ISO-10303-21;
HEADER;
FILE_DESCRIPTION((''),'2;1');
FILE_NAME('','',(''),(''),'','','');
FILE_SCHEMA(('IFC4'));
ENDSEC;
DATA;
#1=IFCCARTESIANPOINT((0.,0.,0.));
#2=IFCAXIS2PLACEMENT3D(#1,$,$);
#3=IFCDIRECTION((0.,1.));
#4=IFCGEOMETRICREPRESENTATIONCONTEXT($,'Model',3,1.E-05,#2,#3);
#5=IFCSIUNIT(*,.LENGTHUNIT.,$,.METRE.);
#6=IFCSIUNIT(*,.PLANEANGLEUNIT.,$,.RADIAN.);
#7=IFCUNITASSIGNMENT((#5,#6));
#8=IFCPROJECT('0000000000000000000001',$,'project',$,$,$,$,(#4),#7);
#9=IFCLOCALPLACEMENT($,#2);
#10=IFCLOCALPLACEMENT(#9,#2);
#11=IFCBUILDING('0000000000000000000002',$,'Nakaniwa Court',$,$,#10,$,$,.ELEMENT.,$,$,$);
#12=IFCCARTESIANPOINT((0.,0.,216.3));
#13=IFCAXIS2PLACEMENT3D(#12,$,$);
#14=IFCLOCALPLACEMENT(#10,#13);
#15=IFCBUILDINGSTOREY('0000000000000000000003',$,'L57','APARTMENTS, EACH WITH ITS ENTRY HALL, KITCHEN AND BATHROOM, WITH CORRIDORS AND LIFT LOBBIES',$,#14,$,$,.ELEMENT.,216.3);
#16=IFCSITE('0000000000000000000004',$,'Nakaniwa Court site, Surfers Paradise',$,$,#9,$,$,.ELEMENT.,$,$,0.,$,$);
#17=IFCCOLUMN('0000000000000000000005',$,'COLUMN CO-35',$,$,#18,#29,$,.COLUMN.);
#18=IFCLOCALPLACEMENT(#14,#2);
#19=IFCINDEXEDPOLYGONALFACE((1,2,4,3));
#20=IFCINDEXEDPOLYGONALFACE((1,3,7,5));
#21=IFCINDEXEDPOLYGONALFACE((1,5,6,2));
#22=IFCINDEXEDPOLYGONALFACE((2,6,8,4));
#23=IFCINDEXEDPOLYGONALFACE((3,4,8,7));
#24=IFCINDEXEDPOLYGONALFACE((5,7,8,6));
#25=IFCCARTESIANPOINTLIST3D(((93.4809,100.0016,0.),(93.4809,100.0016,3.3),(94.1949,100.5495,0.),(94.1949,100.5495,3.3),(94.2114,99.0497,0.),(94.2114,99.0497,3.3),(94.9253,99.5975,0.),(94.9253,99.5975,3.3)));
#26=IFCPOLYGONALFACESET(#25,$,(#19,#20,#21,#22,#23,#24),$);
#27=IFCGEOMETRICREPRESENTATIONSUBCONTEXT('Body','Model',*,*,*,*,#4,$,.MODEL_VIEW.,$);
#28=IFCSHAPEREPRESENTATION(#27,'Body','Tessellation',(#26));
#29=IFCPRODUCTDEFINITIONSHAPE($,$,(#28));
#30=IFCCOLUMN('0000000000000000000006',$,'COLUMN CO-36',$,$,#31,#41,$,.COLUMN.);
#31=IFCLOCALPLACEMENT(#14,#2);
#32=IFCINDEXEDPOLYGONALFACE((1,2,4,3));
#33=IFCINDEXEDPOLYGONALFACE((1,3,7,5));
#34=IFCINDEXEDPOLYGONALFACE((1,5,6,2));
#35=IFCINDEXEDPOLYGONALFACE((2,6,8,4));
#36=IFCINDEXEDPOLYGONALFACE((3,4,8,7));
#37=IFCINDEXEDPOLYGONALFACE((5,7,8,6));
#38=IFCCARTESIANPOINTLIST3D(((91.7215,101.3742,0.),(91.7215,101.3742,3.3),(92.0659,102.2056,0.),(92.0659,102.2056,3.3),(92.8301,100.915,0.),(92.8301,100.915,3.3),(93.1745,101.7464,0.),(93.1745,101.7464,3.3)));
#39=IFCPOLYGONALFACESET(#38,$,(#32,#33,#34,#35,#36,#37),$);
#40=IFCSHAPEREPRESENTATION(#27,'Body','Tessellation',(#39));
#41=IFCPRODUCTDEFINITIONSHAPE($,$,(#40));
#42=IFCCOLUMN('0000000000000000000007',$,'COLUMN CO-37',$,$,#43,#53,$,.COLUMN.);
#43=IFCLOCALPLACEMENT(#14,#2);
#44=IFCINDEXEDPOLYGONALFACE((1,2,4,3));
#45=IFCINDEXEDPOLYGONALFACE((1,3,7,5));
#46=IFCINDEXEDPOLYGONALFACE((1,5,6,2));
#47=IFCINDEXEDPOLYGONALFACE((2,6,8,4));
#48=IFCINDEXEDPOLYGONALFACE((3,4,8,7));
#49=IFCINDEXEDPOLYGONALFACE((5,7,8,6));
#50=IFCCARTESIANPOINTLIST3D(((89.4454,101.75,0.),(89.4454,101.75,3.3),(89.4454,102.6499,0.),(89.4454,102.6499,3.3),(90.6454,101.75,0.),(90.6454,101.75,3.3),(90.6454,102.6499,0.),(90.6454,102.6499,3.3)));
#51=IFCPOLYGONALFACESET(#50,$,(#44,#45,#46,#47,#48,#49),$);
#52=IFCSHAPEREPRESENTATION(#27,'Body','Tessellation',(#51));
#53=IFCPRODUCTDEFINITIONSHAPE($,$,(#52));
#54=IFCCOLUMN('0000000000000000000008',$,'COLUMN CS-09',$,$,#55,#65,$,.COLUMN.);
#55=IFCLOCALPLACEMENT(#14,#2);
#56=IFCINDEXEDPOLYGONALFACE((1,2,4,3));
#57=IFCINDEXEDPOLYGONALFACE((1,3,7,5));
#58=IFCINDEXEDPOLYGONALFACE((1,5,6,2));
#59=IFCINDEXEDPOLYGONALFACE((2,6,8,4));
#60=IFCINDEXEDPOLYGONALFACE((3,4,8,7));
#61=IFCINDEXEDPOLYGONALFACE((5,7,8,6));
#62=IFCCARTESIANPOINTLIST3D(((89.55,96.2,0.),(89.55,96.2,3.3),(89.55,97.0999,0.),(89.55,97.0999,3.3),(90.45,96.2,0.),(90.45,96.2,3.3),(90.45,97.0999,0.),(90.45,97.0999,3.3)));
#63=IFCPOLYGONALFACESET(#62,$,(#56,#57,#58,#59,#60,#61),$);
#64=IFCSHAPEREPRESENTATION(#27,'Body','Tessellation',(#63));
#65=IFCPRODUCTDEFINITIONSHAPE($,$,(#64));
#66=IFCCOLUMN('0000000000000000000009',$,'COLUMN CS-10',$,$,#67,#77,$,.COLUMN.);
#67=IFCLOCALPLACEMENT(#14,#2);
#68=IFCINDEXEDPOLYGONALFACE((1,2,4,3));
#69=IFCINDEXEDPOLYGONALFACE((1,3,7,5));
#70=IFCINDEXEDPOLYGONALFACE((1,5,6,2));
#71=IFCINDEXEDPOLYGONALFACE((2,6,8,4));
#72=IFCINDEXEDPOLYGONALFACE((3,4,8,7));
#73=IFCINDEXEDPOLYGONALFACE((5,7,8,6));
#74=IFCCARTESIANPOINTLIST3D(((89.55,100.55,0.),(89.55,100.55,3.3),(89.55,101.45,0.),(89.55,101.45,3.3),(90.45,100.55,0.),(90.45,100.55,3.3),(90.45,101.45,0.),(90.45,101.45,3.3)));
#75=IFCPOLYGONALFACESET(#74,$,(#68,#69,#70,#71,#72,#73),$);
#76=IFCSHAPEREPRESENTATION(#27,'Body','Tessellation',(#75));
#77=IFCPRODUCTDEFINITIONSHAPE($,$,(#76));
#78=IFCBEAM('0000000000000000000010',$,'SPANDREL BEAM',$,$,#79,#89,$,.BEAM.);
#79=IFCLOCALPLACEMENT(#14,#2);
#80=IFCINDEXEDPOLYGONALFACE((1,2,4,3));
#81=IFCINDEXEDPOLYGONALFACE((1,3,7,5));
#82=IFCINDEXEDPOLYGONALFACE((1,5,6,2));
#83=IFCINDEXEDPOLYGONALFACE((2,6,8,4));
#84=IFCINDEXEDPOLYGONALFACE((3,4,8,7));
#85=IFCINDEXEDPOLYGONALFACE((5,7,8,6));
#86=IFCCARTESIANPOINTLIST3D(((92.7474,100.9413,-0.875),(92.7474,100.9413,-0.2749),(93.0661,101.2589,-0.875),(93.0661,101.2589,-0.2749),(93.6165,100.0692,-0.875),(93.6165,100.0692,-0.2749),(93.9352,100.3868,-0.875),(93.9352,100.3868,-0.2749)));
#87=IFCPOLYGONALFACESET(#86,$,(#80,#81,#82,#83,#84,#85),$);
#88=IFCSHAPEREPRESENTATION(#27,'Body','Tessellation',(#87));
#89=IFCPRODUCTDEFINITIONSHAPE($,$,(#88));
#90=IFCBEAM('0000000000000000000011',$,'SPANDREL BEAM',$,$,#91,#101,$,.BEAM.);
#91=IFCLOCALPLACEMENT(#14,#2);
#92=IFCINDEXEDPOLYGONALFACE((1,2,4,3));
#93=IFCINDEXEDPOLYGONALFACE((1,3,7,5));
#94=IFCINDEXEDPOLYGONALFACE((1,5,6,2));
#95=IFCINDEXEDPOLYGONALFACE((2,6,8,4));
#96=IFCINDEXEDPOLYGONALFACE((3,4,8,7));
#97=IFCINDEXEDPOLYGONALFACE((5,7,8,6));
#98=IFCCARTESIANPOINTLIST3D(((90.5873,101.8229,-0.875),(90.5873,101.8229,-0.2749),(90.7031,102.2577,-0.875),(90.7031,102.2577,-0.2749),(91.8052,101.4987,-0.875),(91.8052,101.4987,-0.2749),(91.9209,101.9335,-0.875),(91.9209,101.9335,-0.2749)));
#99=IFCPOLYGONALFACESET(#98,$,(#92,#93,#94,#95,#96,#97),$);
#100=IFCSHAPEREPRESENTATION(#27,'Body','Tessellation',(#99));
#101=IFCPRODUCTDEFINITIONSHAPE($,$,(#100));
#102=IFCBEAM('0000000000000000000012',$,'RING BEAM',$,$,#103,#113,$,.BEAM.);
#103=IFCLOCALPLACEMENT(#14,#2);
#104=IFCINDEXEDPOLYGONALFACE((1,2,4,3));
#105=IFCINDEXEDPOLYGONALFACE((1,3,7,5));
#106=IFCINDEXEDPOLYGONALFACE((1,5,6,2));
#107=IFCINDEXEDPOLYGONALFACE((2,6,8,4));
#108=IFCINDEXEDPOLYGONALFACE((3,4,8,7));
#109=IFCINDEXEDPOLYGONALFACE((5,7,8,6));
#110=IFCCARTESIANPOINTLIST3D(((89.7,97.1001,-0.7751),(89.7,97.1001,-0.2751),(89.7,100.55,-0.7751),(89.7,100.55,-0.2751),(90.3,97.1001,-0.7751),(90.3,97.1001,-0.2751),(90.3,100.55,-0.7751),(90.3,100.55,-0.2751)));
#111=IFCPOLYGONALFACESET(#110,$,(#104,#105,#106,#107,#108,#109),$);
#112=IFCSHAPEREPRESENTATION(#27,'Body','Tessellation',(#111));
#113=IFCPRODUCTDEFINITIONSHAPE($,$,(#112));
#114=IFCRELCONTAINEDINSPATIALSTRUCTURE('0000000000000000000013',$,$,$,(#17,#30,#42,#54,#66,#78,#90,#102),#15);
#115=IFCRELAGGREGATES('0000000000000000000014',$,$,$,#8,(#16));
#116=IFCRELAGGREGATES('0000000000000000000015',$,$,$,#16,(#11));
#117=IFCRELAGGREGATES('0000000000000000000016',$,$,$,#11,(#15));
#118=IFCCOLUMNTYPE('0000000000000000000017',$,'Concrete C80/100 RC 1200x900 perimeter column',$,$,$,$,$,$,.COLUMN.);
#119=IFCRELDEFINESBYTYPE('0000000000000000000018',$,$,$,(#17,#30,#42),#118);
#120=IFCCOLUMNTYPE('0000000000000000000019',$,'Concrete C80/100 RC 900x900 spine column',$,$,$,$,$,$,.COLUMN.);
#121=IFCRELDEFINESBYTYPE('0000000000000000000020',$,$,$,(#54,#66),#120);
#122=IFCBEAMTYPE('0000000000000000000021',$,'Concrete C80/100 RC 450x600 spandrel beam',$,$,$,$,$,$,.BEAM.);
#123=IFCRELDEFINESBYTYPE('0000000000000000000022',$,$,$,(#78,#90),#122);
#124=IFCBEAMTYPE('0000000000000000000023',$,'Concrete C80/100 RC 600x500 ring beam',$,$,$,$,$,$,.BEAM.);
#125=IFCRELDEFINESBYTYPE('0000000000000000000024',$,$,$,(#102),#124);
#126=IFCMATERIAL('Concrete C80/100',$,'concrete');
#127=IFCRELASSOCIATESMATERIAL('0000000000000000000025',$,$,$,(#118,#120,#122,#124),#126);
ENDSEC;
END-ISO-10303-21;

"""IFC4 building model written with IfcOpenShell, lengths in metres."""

from ifc_helpers import new_model, si_unit, direction, frame, origin, origin_2d, place, context, subcontext, project, spatial, rectangle, extrude, material, material_profile, profile_set, type_object, element, save


model = new_model("IFC4")

# Units and contexts
model_context = context("Model", 3, precision=1e-05, world=origin(), true_north=direction((0.0, 1.0)))
body_context = subcontext(model_context, "Body", "Model", "MODEL_VIEW")
ifc_project = project(units=[si_unit("LENGTHUNIT", "METRE"), si_unit("PLANEANGLEUNIT", "RADIAN")], contexts=[model_context])

# Site, building, storey
site_placement = place(None, origin())
site = spatial("IfcSite", under=ifc_project, at=site_placement, Name="Nakaniwa Court site, Surfers Paradise", CompositionType="ELEMENT", RefElevation=0.0)
building_placement = place(site_placement, origin())
building = spatial("IfcBuilding", under=site, at=building_placement, Name="Nakaniwa Court", CompositionType="ELEMENT")
storey_placement = place(building_placement, frame((0.0, 0.0, 216.3)))
storey = spatial("IfcBuildingStorey", under=building, at=storey_placement, Name="L57", Description="APARTMENTS, EACH WITH ITS ENTRY HALL, KITCHEN AND BATHROOM, WITH CORRIDORS AND LIFT LOBBIES", CompositionType="ELEMENT", Elevation=216.3)

# Columns
ifc_material_1 = material(Name="Concrete C80/100", Category="concrete")
ifc_material_profile_1 = material_profile(ifc_material_1, rectangle(XDim=1.2, YDim=0.8999, at=origin_2d()), Name="Concrete C80/100 RC 1200x900 perimeter column")
ifc_profile_set_1 = profile_set([ifc_material_profile_1], Name="Concrete C80/100")
column_type_1 = type_object("IfcColumnType", Name="Concrete C80/100 RC 1200x900 perimeter column", PredefinedType="COLUMN", material=ifc_profile_set_1)
for number, where, z_axis, x_axis, name in (
    (1, (94.2031, 99.7996, 0.0), (0.0, 0.0, 1.0), (-0.608761, 0.793353, 0.0), "COLUMN CO-35"),
    (2, (92.448, 101.5603, 0.0), (0.0, 0.0, 1.0), (-0.92388, 0.382683, 0.0), "COLUMN CO-36"),
    (3, (90.0454, 102.2, 0.0), (0.0, 0.0, 1.0), (-1.0, 0.0, 0.0), "COLUMN CO-37"),
):
    element("IfcColumn", number, at=place(storey_placement, frame(where, z_axis=z_axis, x_axis=x_axis)), inside=storey, type_object=column_type_1, Name=name, PredefinedType="COLUMN", context=body_context, shape_type="SweptSolid", body=[
        extrude(rectangle(XDim=1.2, YDim=0.8999, at=origin_2d()), origin(), (0.0, 0.0, 1.0), 3.3),
    ])
ifc_material_profile_2 = material_profile(ifc_material_1, rectangle(XDim=0.8999, YDim=0.8999, at=origin_2d()), Name="Concrete C80/100 RC 900x900 spine column")
ifc_profile_set_2 = profile_set([ifc_material_profile_2], Name="Concrete C80/100")
column_type_2 = type_object("IfcColumnType", Name="Concrete C80/100 RC 900x900 spine column", PredefinedType="COLUMN", material=ifc_profile_set_2)
for number, where, z_axis, x_axis, name in (
    (4, (90.0, 96.6499, 0.0), (0.0, 0.0, 1.0), (0.0, 1.0, 0.0), "COLUMN CS-09"),
    (5, (90.0, 101.0, 0.0), (0.0, 0.0, 1.0), (0.0, 1.0, 0.0), "COLUMN CS-10"),
):
    element("IfcColumn", number, at=place(storey_placement, frame(where, z_axis=z_axis, x_axis=x_axis)), inside=storey, type_object=column_type_2, Name=name, PredefinedType="COLUMN", context=body_context, shape_type="SweptSolid", body=[
        extrude(rectangle(XDim=0.8999, YDim=0.8999, at=origin_2d()), origin(), (0.0, 0.0, 1.0), 3.3),
    ])

# Beams
ifc_material_profile_3 = material_profile(ifc_material_1, rectangle(XDim=0.45, YDim=0.6001, at=origin_2d()), Name="Concrete C80/100 RC 450x600 spandrel beam")
ifc_profile_set_3 = profile_set([ifc_material_profile_3], Name="Concrete C80/100")
beam_type_1 = type_object("IfcBeamType", Name="Concrete C80/100 RC 450x600 spandrel beam", PredefinedType="BEAM", material=ifc_profile_set_3)
beam_1_placement = place(storey_placement, frame((93.7759, 100.228, -0.575), z_axis=(-0.705916, 0.708296, 0.0), x_axis=(-0.708296, -0.705916, 0.0)))
element("IfcBeam", 6, at=beam_1_placement, inside=storey, type_object=beam_type_1, Name="SPANDREL BEAM", PredefinedType="BEAM", context=body_context, shape_type="SweptSolid", body=[
    extrude(rectangle(XDim=0.45, YDim=0.6001, at=origin_2d()), origin(), (0.0, 0.0, 1.0), 1.2312),
])
beam_2_placement = place(storey_placement, frame((91.863, 101.7161, -0.575), z_axis=(-0.966338, 0.257277, 0.0), x_axis=(-0.257277, -0.966338, 0.0)))
element("IfcBeam", 7, at=beam_2_placement, inside=storey, type_object=beam_type_1, Name="SPANDREL BEAM", PredefinedType="BEAM", context=body_context, shape_type="SweptSolid", body=[
    extrude(rectangle(XDim=0.45, YDim=0.6001, at=origin_2d()), origin(), (0.0, 0.0, 1.0), 1.2603),
])
ifc_material_profile_4 = material_profile(ifc_material_1, rectangle(XDim=0.6001, YDim=0.5, at=origin_2d()), Name="Concrete C80/100 RC 600x500 ring beam")
ifc_profile_set_4 = profile_set([ifc_material_profile_4], Name="Concrete C80/100")
beam_type_2 = type_object("IfcBeamType", Name="Concrete C80/100 RC 600x500 ring beam", PredefinedType="BEAM", material=ifc_profile_set_4)
beam_3_placement = place(storey_placement, frame((90.0, 97.1001, -0.5251), z_axis=(0.0, 1.0, 0.0), x_axis=(-1.0, 0.0, 0.0)))
element("IfcBeam", 8, at=beam_3_placement, inside=storey, type_object=beam_type_2, Name="RING BEAM", PredefinedType="BEAM", context=body_context, shape_type="SweptSolid", body=[
    extrude(rectangle(XDim=0.6001, YDim=0.5, at=origin_2d()), origin(), (0.0, 0.0, 1.0), 3.45),
])

save(model, "model.ifc")
